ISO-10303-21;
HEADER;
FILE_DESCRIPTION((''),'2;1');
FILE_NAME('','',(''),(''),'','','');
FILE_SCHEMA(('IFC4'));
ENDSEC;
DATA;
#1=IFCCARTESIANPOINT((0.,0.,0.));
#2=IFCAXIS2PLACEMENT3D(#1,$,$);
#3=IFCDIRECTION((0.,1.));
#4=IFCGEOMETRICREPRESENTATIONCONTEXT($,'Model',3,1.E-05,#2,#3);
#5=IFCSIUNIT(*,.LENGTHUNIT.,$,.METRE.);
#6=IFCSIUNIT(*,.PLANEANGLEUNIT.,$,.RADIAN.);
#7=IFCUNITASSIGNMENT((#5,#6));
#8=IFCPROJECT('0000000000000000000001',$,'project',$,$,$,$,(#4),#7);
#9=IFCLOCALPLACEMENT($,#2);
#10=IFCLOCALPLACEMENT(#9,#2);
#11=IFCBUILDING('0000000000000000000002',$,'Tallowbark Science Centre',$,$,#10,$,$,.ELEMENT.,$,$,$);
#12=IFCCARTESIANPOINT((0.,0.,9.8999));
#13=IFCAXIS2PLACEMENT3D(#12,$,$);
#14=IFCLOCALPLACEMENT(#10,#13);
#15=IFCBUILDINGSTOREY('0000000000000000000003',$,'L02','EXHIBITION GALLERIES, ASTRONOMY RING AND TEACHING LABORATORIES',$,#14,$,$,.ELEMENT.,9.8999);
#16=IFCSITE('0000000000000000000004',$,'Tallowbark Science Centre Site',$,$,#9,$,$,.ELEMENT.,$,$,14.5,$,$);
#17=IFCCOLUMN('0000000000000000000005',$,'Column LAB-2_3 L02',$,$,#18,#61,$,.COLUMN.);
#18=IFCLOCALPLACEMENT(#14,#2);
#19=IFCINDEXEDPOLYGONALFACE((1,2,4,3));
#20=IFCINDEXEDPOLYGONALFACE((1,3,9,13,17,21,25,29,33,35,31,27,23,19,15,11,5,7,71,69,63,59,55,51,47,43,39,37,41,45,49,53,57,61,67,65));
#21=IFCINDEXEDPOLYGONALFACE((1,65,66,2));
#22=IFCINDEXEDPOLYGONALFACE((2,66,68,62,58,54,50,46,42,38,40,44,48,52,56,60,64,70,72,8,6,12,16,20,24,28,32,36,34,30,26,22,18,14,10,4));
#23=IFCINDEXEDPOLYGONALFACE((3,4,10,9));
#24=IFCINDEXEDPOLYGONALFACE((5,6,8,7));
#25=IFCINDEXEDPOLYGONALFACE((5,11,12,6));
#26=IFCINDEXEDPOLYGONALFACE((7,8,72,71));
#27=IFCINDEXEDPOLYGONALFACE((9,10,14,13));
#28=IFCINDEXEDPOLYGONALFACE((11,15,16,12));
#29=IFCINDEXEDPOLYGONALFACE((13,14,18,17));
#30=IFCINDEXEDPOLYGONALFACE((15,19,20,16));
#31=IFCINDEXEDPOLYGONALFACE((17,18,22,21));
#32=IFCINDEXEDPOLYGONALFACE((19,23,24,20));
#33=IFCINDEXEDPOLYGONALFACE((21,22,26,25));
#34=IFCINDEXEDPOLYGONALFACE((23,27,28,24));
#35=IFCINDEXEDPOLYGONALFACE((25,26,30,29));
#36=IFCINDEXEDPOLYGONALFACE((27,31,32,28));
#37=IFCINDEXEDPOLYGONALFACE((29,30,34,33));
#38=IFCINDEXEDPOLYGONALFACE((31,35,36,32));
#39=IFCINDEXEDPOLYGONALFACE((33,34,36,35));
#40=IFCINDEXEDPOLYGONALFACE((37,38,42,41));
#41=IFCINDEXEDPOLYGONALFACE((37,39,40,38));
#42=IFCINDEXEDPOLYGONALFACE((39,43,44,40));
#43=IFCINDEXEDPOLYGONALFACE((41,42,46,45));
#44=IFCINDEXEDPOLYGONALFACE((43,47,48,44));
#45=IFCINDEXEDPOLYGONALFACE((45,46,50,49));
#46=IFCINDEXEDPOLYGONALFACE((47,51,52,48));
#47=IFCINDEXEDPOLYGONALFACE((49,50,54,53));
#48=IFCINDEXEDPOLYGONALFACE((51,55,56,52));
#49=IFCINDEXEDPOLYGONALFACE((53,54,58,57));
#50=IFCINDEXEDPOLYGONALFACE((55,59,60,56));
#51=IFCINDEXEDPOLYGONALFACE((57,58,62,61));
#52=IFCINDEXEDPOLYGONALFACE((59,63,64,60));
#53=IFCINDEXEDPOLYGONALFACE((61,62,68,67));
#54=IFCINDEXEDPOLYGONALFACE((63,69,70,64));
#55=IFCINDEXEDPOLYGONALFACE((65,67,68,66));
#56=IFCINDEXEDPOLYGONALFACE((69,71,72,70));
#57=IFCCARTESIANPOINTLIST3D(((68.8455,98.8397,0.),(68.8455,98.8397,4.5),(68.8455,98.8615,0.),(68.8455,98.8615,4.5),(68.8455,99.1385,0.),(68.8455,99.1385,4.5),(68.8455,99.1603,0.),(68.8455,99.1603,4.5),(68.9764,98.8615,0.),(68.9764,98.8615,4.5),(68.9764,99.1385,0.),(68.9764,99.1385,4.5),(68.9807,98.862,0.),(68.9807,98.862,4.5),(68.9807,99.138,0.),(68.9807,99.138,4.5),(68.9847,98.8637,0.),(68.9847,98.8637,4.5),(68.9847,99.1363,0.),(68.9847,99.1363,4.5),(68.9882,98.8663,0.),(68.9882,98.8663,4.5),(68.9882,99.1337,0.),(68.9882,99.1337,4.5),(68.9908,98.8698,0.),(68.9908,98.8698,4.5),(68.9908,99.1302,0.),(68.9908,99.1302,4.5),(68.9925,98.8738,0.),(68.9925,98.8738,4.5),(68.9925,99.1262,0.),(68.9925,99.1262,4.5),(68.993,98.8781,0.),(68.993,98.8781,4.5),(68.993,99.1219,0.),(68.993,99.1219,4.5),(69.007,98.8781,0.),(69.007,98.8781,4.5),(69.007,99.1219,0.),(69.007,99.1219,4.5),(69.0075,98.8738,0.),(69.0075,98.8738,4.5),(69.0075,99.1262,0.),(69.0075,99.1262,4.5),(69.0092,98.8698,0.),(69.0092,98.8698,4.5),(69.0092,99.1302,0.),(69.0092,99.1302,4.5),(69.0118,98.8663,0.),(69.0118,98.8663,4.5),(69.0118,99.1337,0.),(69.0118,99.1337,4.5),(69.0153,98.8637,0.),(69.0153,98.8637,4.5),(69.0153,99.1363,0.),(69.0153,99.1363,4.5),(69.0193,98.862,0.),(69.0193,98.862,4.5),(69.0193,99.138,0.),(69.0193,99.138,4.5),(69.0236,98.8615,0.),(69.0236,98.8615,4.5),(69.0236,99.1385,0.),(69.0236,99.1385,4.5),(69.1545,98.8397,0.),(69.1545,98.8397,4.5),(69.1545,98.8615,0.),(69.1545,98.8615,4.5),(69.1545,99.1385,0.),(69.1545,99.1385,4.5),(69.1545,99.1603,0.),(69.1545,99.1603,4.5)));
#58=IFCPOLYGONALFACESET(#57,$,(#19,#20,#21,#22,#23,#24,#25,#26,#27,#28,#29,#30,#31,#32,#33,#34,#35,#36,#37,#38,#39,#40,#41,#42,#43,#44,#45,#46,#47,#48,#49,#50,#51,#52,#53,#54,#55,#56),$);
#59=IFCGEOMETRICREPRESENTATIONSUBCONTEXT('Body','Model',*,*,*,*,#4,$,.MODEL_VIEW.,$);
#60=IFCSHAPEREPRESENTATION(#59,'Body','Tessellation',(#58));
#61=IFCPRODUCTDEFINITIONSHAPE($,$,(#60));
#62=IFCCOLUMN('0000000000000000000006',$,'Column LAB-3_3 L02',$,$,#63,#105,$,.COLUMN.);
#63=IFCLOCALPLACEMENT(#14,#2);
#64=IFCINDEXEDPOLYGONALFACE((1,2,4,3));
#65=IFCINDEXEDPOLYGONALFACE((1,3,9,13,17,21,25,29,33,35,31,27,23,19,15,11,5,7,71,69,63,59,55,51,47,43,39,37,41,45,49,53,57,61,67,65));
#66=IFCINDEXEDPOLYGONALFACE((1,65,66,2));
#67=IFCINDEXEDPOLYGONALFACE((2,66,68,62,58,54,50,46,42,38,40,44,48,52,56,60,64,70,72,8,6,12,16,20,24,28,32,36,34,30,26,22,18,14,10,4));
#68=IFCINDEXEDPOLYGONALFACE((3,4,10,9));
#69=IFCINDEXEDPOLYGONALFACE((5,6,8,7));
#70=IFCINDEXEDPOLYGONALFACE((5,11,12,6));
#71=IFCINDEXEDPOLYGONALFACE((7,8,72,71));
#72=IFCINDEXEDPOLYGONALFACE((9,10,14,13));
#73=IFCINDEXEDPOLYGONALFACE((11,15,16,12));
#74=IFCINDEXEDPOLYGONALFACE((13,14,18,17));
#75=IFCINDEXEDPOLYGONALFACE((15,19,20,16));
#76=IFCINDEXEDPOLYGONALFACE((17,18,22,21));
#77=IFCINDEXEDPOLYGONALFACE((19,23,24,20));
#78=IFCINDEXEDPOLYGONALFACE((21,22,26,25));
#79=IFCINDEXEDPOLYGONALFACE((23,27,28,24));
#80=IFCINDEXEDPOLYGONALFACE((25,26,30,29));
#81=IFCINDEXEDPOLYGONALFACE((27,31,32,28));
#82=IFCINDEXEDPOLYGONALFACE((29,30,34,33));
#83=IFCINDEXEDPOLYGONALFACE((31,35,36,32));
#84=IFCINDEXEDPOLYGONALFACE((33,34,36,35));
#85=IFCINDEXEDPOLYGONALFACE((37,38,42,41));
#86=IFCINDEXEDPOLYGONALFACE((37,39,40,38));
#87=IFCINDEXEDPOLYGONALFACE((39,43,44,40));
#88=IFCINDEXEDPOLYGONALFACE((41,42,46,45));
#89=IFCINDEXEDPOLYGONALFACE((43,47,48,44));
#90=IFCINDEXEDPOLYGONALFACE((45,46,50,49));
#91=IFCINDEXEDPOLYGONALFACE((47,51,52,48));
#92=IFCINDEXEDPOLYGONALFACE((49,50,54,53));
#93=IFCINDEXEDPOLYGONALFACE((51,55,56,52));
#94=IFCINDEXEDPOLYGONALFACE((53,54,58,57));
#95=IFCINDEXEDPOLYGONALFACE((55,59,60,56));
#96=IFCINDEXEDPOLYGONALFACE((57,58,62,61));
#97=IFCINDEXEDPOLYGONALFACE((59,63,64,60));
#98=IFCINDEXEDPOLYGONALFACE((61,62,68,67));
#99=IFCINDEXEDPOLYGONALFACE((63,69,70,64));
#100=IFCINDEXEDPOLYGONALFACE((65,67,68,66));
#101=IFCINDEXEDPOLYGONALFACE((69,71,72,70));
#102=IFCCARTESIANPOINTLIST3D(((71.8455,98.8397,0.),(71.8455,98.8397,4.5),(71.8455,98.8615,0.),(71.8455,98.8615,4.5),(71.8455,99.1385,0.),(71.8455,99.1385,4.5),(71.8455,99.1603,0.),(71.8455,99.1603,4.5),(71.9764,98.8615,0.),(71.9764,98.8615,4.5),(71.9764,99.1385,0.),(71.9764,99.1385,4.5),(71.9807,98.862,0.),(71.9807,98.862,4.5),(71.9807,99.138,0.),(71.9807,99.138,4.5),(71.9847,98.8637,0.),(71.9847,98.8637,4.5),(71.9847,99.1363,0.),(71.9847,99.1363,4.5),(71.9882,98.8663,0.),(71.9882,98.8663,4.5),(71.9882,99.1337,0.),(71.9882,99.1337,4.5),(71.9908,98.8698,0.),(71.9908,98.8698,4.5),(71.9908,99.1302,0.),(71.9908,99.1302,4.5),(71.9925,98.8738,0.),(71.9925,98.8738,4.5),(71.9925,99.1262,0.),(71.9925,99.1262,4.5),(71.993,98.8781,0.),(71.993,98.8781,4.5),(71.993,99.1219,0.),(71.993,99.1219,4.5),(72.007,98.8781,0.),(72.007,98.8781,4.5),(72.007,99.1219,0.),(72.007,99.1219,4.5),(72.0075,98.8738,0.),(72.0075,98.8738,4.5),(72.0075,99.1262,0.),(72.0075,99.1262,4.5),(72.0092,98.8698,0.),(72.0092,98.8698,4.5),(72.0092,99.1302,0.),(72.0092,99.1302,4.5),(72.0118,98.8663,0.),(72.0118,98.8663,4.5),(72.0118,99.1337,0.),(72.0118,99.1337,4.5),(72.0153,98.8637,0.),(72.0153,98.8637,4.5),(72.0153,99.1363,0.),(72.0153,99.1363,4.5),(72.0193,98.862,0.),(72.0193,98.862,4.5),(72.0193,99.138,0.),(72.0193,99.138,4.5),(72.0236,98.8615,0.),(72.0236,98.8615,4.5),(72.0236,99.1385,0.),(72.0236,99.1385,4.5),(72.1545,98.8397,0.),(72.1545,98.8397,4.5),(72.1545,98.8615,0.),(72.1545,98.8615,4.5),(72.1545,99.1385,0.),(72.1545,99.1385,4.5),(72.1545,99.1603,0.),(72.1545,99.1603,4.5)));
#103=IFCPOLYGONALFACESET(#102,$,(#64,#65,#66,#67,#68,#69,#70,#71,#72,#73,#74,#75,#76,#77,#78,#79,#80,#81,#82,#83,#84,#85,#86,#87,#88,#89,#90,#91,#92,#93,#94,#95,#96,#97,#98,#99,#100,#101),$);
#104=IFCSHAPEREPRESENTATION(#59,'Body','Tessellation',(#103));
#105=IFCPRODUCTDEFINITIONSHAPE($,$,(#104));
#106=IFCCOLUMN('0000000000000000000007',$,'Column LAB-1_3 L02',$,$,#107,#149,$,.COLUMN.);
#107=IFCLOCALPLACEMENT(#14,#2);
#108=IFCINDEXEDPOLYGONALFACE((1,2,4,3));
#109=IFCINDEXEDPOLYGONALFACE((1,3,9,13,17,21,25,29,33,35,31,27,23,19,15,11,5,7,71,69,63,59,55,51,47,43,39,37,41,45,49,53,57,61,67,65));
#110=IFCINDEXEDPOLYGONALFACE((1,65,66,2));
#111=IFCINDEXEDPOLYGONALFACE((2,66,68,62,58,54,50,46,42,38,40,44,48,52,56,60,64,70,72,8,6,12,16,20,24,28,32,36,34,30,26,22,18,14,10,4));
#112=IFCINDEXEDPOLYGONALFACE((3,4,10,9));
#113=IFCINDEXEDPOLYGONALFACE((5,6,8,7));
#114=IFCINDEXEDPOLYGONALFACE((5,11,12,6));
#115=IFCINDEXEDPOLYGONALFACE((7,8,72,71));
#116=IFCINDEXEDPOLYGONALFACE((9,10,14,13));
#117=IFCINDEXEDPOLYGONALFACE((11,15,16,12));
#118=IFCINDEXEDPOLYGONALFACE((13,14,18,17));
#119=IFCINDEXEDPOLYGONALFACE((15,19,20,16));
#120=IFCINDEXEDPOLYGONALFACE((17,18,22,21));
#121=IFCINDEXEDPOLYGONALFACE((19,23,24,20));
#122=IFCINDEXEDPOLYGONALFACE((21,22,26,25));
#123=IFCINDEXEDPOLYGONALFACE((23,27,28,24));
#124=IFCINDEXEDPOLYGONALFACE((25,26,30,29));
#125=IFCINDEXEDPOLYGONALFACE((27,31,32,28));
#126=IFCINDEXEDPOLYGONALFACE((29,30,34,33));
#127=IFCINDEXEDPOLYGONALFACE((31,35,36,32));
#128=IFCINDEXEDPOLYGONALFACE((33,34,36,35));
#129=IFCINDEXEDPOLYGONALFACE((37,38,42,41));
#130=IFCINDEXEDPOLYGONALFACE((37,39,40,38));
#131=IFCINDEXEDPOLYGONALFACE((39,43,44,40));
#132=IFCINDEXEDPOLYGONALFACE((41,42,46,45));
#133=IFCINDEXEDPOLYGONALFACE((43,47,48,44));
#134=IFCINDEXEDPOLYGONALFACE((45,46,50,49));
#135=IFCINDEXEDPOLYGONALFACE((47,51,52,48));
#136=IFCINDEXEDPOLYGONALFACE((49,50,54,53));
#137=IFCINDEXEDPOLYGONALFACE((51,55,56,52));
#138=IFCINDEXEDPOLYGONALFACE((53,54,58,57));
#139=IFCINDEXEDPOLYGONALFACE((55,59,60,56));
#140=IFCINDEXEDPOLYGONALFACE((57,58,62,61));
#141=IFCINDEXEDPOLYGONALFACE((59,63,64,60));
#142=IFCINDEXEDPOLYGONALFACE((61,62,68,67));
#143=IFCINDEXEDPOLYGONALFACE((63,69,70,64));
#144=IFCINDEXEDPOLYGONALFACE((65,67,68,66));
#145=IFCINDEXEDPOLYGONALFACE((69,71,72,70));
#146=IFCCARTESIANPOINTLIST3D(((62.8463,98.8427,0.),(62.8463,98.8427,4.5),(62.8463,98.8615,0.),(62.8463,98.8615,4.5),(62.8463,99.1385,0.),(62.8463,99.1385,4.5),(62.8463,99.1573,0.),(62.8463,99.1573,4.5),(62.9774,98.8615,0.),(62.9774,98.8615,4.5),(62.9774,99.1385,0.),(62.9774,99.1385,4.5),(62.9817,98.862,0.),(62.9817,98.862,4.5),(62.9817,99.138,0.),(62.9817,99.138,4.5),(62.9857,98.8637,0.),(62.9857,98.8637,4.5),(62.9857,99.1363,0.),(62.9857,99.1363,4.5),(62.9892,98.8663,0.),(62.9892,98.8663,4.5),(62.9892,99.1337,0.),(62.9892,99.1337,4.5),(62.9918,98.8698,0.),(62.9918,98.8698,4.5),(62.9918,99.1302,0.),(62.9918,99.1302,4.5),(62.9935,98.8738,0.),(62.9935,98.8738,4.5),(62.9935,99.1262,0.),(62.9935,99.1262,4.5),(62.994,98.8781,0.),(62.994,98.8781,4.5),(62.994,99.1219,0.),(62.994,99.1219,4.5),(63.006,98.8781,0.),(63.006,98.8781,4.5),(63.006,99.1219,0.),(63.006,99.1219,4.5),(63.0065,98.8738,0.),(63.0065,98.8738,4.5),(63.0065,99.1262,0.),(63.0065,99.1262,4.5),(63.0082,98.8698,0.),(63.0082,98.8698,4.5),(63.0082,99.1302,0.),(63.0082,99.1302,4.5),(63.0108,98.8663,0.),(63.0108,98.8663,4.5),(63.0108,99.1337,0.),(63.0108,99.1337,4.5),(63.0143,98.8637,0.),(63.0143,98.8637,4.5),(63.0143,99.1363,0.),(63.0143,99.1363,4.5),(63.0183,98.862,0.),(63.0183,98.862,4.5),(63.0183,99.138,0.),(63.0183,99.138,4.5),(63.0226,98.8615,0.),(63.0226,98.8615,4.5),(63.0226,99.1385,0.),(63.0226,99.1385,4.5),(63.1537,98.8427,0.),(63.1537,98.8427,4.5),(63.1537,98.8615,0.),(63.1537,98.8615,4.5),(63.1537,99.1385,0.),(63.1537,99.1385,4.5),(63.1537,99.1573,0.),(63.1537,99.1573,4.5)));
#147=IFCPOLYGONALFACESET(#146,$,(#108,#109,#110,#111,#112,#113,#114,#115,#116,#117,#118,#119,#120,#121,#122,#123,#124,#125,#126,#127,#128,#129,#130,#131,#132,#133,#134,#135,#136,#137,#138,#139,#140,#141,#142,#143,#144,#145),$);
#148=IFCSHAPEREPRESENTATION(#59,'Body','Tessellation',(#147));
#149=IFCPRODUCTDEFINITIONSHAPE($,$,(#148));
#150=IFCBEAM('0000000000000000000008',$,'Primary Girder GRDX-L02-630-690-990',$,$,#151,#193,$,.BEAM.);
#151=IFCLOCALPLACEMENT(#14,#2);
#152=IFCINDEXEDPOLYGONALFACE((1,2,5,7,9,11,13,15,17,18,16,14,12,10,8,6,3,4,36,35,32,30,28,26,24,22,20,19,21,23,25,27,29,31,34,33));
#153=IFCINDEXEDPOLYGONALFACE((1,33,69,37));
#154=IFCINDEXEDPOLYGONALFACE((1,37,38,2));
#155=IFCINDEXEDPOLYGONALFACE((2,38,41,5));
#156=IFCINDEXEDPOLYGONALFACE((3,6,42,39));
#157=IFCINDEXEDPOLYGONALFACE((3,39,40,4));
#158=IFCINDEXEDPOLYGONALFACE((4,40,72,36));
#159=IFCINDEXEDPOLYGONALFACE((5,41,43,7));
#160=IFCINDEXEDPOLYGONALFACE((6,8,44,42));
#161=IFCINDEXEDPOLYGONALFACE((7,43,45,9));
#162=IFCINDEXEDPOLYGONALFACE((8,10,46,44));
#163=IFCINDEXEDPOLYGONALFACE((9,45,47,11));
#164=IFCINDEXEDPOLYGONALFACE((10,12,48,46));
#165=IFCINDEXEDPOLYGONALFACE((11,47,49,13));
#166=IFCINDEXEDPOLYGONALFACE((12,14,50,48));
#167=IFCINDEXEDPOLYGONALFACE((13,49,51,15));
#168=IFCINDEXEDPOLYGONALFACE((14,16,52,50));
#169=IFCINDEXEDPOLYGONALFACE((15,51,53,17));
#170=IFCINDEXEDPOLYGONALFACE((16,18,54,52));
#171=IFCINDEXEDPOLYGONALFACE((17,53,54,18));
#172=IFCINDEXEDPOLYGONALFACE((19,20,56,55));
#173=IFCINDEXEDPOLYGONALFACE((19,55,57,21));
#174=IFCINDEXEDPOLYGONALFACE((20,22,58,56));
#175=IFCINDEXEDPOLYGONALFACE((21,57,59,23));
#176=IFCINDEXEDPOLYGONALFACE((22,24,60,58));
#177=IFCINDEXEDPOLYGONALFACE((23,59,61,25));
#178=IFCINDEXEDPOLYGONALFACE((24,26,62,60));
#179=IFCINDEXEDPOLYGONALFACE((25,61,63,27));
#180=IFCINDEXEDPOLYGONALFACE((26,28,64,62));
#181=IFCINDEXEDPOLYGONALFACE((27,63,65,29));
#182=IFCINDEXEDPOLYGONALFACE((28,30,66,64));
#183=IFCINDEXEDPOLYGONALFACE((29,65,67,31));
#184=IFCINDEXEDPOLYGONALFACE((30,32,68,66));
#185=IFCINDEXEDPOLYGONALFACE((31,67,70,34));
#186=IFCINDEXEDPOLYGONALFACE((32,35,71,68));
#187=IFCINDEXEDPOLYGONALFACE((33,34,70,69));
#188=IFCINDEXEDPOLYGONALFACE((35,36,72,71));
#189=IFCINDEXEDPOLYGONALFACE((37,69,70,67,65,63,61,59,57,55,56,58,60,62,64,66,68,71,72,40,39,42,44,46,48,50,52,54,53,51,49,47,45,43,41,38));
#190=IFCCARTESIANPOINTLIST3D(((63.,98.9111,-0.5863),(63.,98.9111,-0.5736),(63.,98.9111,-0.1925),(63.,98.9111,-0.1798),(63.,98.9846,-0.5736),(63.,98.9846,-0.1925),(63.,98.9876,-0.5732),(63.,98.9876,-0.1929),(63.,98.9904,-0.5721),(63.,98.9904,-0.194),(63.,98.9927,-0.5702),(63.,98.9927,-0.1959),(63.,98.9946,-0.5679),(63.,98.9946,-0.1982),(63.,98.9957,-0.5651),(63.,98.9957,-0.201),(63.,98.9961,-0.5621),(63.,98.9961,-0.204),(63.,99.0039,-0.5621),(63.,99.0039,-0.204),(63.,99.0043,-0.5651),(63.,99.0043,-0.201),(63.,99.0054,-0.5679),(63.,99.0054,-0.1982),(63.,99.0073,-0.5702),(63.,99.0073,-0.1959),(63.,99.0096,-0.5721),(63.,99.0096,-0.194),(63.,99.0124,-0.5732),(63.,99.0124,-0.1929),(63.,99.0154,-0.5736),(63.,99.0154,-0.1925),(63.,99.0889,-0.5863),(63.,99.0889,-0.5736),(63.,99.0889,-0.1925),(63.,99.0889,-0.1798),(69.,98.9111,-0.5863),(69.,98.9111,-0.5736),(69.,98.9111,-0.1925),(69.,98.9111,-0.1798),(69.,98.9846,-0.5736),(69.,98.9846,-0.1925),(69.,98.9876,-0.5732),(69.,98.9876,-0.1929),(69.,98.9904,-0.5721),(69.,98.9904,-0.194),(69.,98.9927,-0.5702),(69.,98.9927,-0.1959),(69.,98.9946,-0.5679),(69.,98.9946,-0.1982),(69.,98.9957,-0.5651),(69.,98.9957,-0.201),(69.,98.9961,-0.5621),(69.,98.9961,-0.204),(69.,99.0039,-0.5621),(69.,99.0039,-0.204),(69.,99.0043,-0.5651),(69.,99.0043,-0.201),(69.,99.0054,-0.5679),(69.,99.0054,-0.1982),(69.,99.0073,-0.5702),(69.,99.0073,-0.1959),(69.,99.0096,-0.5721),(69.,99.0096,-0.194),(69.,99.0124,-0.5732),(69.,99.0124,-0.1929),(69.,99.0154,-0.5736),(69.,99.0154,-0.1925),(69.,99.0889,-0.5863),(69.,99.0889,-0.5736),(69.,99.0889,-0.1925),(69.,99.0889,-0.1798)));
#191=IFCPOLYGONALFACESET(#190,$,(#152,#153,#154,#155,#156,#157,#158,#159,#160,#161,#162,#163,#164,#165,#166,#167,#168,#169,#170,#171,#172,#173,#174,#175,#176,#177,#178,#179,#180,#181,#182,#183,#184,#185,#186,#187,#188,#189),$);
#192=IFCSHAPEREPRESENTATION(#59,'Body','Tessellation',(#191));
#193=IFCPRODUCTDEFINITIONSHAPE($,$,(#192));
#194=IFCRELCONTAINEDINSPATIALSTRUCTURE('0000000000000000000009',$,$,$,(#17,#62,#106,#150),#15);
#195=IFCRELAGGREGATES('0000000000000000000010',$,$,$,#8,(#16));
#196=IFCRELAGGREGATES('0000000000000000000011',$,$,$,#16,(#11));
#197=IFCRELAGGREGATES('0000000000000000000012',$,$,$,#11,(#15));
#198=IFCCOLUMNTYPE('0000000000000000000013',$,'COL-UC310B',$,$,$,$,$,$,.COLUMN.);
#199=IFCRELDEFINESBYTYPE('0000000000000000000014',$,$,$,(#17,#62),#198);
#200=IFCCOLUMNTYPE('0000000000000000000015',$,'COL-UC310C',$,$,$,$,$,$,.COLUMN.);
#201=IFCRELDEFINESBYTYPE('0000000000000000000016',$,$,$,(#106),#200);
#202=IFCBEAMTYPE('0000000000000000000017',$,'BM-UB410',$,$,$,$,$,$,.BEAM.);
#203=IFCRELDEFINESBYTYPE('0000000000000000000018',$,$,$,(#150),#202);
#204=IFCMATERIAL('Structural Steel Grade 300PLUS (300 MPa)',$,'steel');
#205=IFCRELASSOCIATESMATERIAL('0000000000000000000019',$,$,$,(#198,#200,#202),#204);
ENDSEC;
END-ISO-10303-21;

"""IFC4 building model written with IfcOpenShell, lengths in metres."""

from ifc_helpers import new_model, si_unit, direction, frame, origin, origin_2d, place, context, subcontext, project, spatial, i_section, extrude, material, material_profile, profile_set, type_object, element, save


model = new_model("IFC4")

# Units and contexts
model_context = context("Model", 3, precision=1e-05, world=origin(), true_north=direction((0.0, 1.0)))
body_context = subcontext(model_context, "Body", "Model", "MODEL_VIEW")
ifc_project = project(units=[si_unit("LENGTHUNIT", "METRE"), si_unit("PLANEANGLEUNIT", "RADIAN")], contexts=[model_context])

# Site, building, storey
site_placement = place(None, origin())
site = spatial("IfcSite", under=ifc_project, at=site_placement, Name="Tallowbark Science Centre Site", CompositionType="ELEMENT", RefElevation=14.5)
building_placement = place(site_placement, origin())
building = spatial("IfcBuilding", under=site, at=building_placement, Name="Tallowbark Science Centre", CompositionType="ELEMENT")
storey_placement = place(building_placement, frame((0.0, 0.0, 9.8999)))
storey = spatial("IfcBuildingStorey", under=building, at=storey_placement, Name="L02", Description="EXHIBITION GALLERIES, ASTRONOMY RING AND TEACHING LABORATORIES", CompositionType="ELEMENT", Elevation=9.8999)

# Columns
ifc_material_1 = material(Name="Structural Steel Grade 300PLUS (300 MPa)", Category="steel")
ifc_material_profile_1 = material_profile(ifc_material_1, i_section(OverallWidth=0.3091, OverallDepth=0.3206, WebThickness=0.0139, FlangeThickness=0.0217, FilletRadius=0.0166, at=origin_2d()), Name="310UC137")
ifc_profile_set_1 = profile_set([ifc_material_profile_1], Name="Structural Steel Grade 300PLUS (300 MPa)")
column_type_1 = type_object("IfcColumnType", Name="COL-UC310B", PredefinedType="COLUMN", material=ifc_profile_set_1)
for number, where, z_axis, x_axis, name in (
    (1, (69.0, 99.0, 0.0), (0.0, 0.0, 1.0), (1.0, 0.0, 0.0), "Column LAB-2_3 L02"),
    (2, (72.0, 99.0, 0.0), (0.0, 0.0, 1.0), (1.0, 0.0, 0.0), "Column LAB-3_3 L02"),
):
    element("IfcColumn", number, at=place(storey_placement, frame(where, z_axis=z_axis, x_axis=x_axis)), inside=storey, type_object=column_type_1, Name=name, PredefinedType="COLUMN", context=body_context, shape_type="SweptSolid", body=[
        extrude(i_section(OverallWidth=0.3091, OverallDepth=0.3206, WebThickness=0.0139, FlangeThickness=0.0217, FilletRadius=0.0166, at=origin_2d()), origin(), (0.0, 0.0, 1.0), 4.5),
    ])
ifc_material_profile_2 = material_profile(ifc_material_1, i_section(OverallWidth=0.3074, OverallDepth=0.3147, WebThickness=0.012, FlangeThickness=0.0188, FilletRadius=0.0166, at=origin_2d()), Name="310UC118")
ifc_profile_set_2 = profile_set([ifc_material_profile_2], Name="Structural Steel Grade 300PLUS (300 MPa)")
column_type_2 = type_object("IfcColumnType", Name="COL-UC310C", PredefinedType="COLUMN", material=ifc_profile_set_2)
column_placement = place(storey_placement, frame((63.0, 99.0, 0.0), z_axis=(0.0, 0.0, 1.0), x_axis=(1.0, 0.0, 0.0)))
element("IfcColumn", 3, at=column_placement, inside=storey, type_object=column_type_2, Name="Column LAB-1_3 L02", PredefinedType="COLUMN", context=body_context, shape_type="SweptSolid", body=[
    extrude(i_section(OverallWidth=0.3074, OverallDepth=0.3147, WebThickness=0.012, FlangeThickness=0.0188, FilletRadius=0.0166, at=origin_2d()), origin(), (0.0, 0.0, 1.0), 4.5),
])

# Beam
ifc_material_profile_3 = material_profile(ifc_material_1, i_section(OverallWidth=0.1777, OverallDepth=0.4065, WebThickness=0.0078, FlangeThickness=0.0127, FilletRadius=0.0115, at=origin_2d()), Name="410UB59.7")
ifc_profile_set_3 = profile_set([ifc_material_profile_3], Name="Structural Steel Grade 300PLUS (300 MPa)")
beam_type_1 = type_object("IfcBeamType", Name="BM-UB410", PredefinedType="BEAM", material=ifc_profile_set_3)
beam_1_placement = place(storey_placement, frame((63.0, 99.0, -0.3831), z_axis=(1.0, 0.0, 0.0), x_axis=(0.0, 1.0, 0.0)))
element("IfcBeam", 4, at=beam_1_placement, inside=storey, type_object=beam_type_1, Name="Primary Girder GRDX-L02-630-690-990", PredefinedType="BEAM", context=body_context, shape_type="SweptSolid", body=[
    extrude(i_section(OverallWidth=0.1777, OverallDepth=0.4065, WebThickness=0.0078, FlangeThickness=0.0127, FilletRadius=0.0115, at=origin_2d()), origin(), (0.0, 0.0, 1.0), 6.0),
])

save(model, "model.ifc")
